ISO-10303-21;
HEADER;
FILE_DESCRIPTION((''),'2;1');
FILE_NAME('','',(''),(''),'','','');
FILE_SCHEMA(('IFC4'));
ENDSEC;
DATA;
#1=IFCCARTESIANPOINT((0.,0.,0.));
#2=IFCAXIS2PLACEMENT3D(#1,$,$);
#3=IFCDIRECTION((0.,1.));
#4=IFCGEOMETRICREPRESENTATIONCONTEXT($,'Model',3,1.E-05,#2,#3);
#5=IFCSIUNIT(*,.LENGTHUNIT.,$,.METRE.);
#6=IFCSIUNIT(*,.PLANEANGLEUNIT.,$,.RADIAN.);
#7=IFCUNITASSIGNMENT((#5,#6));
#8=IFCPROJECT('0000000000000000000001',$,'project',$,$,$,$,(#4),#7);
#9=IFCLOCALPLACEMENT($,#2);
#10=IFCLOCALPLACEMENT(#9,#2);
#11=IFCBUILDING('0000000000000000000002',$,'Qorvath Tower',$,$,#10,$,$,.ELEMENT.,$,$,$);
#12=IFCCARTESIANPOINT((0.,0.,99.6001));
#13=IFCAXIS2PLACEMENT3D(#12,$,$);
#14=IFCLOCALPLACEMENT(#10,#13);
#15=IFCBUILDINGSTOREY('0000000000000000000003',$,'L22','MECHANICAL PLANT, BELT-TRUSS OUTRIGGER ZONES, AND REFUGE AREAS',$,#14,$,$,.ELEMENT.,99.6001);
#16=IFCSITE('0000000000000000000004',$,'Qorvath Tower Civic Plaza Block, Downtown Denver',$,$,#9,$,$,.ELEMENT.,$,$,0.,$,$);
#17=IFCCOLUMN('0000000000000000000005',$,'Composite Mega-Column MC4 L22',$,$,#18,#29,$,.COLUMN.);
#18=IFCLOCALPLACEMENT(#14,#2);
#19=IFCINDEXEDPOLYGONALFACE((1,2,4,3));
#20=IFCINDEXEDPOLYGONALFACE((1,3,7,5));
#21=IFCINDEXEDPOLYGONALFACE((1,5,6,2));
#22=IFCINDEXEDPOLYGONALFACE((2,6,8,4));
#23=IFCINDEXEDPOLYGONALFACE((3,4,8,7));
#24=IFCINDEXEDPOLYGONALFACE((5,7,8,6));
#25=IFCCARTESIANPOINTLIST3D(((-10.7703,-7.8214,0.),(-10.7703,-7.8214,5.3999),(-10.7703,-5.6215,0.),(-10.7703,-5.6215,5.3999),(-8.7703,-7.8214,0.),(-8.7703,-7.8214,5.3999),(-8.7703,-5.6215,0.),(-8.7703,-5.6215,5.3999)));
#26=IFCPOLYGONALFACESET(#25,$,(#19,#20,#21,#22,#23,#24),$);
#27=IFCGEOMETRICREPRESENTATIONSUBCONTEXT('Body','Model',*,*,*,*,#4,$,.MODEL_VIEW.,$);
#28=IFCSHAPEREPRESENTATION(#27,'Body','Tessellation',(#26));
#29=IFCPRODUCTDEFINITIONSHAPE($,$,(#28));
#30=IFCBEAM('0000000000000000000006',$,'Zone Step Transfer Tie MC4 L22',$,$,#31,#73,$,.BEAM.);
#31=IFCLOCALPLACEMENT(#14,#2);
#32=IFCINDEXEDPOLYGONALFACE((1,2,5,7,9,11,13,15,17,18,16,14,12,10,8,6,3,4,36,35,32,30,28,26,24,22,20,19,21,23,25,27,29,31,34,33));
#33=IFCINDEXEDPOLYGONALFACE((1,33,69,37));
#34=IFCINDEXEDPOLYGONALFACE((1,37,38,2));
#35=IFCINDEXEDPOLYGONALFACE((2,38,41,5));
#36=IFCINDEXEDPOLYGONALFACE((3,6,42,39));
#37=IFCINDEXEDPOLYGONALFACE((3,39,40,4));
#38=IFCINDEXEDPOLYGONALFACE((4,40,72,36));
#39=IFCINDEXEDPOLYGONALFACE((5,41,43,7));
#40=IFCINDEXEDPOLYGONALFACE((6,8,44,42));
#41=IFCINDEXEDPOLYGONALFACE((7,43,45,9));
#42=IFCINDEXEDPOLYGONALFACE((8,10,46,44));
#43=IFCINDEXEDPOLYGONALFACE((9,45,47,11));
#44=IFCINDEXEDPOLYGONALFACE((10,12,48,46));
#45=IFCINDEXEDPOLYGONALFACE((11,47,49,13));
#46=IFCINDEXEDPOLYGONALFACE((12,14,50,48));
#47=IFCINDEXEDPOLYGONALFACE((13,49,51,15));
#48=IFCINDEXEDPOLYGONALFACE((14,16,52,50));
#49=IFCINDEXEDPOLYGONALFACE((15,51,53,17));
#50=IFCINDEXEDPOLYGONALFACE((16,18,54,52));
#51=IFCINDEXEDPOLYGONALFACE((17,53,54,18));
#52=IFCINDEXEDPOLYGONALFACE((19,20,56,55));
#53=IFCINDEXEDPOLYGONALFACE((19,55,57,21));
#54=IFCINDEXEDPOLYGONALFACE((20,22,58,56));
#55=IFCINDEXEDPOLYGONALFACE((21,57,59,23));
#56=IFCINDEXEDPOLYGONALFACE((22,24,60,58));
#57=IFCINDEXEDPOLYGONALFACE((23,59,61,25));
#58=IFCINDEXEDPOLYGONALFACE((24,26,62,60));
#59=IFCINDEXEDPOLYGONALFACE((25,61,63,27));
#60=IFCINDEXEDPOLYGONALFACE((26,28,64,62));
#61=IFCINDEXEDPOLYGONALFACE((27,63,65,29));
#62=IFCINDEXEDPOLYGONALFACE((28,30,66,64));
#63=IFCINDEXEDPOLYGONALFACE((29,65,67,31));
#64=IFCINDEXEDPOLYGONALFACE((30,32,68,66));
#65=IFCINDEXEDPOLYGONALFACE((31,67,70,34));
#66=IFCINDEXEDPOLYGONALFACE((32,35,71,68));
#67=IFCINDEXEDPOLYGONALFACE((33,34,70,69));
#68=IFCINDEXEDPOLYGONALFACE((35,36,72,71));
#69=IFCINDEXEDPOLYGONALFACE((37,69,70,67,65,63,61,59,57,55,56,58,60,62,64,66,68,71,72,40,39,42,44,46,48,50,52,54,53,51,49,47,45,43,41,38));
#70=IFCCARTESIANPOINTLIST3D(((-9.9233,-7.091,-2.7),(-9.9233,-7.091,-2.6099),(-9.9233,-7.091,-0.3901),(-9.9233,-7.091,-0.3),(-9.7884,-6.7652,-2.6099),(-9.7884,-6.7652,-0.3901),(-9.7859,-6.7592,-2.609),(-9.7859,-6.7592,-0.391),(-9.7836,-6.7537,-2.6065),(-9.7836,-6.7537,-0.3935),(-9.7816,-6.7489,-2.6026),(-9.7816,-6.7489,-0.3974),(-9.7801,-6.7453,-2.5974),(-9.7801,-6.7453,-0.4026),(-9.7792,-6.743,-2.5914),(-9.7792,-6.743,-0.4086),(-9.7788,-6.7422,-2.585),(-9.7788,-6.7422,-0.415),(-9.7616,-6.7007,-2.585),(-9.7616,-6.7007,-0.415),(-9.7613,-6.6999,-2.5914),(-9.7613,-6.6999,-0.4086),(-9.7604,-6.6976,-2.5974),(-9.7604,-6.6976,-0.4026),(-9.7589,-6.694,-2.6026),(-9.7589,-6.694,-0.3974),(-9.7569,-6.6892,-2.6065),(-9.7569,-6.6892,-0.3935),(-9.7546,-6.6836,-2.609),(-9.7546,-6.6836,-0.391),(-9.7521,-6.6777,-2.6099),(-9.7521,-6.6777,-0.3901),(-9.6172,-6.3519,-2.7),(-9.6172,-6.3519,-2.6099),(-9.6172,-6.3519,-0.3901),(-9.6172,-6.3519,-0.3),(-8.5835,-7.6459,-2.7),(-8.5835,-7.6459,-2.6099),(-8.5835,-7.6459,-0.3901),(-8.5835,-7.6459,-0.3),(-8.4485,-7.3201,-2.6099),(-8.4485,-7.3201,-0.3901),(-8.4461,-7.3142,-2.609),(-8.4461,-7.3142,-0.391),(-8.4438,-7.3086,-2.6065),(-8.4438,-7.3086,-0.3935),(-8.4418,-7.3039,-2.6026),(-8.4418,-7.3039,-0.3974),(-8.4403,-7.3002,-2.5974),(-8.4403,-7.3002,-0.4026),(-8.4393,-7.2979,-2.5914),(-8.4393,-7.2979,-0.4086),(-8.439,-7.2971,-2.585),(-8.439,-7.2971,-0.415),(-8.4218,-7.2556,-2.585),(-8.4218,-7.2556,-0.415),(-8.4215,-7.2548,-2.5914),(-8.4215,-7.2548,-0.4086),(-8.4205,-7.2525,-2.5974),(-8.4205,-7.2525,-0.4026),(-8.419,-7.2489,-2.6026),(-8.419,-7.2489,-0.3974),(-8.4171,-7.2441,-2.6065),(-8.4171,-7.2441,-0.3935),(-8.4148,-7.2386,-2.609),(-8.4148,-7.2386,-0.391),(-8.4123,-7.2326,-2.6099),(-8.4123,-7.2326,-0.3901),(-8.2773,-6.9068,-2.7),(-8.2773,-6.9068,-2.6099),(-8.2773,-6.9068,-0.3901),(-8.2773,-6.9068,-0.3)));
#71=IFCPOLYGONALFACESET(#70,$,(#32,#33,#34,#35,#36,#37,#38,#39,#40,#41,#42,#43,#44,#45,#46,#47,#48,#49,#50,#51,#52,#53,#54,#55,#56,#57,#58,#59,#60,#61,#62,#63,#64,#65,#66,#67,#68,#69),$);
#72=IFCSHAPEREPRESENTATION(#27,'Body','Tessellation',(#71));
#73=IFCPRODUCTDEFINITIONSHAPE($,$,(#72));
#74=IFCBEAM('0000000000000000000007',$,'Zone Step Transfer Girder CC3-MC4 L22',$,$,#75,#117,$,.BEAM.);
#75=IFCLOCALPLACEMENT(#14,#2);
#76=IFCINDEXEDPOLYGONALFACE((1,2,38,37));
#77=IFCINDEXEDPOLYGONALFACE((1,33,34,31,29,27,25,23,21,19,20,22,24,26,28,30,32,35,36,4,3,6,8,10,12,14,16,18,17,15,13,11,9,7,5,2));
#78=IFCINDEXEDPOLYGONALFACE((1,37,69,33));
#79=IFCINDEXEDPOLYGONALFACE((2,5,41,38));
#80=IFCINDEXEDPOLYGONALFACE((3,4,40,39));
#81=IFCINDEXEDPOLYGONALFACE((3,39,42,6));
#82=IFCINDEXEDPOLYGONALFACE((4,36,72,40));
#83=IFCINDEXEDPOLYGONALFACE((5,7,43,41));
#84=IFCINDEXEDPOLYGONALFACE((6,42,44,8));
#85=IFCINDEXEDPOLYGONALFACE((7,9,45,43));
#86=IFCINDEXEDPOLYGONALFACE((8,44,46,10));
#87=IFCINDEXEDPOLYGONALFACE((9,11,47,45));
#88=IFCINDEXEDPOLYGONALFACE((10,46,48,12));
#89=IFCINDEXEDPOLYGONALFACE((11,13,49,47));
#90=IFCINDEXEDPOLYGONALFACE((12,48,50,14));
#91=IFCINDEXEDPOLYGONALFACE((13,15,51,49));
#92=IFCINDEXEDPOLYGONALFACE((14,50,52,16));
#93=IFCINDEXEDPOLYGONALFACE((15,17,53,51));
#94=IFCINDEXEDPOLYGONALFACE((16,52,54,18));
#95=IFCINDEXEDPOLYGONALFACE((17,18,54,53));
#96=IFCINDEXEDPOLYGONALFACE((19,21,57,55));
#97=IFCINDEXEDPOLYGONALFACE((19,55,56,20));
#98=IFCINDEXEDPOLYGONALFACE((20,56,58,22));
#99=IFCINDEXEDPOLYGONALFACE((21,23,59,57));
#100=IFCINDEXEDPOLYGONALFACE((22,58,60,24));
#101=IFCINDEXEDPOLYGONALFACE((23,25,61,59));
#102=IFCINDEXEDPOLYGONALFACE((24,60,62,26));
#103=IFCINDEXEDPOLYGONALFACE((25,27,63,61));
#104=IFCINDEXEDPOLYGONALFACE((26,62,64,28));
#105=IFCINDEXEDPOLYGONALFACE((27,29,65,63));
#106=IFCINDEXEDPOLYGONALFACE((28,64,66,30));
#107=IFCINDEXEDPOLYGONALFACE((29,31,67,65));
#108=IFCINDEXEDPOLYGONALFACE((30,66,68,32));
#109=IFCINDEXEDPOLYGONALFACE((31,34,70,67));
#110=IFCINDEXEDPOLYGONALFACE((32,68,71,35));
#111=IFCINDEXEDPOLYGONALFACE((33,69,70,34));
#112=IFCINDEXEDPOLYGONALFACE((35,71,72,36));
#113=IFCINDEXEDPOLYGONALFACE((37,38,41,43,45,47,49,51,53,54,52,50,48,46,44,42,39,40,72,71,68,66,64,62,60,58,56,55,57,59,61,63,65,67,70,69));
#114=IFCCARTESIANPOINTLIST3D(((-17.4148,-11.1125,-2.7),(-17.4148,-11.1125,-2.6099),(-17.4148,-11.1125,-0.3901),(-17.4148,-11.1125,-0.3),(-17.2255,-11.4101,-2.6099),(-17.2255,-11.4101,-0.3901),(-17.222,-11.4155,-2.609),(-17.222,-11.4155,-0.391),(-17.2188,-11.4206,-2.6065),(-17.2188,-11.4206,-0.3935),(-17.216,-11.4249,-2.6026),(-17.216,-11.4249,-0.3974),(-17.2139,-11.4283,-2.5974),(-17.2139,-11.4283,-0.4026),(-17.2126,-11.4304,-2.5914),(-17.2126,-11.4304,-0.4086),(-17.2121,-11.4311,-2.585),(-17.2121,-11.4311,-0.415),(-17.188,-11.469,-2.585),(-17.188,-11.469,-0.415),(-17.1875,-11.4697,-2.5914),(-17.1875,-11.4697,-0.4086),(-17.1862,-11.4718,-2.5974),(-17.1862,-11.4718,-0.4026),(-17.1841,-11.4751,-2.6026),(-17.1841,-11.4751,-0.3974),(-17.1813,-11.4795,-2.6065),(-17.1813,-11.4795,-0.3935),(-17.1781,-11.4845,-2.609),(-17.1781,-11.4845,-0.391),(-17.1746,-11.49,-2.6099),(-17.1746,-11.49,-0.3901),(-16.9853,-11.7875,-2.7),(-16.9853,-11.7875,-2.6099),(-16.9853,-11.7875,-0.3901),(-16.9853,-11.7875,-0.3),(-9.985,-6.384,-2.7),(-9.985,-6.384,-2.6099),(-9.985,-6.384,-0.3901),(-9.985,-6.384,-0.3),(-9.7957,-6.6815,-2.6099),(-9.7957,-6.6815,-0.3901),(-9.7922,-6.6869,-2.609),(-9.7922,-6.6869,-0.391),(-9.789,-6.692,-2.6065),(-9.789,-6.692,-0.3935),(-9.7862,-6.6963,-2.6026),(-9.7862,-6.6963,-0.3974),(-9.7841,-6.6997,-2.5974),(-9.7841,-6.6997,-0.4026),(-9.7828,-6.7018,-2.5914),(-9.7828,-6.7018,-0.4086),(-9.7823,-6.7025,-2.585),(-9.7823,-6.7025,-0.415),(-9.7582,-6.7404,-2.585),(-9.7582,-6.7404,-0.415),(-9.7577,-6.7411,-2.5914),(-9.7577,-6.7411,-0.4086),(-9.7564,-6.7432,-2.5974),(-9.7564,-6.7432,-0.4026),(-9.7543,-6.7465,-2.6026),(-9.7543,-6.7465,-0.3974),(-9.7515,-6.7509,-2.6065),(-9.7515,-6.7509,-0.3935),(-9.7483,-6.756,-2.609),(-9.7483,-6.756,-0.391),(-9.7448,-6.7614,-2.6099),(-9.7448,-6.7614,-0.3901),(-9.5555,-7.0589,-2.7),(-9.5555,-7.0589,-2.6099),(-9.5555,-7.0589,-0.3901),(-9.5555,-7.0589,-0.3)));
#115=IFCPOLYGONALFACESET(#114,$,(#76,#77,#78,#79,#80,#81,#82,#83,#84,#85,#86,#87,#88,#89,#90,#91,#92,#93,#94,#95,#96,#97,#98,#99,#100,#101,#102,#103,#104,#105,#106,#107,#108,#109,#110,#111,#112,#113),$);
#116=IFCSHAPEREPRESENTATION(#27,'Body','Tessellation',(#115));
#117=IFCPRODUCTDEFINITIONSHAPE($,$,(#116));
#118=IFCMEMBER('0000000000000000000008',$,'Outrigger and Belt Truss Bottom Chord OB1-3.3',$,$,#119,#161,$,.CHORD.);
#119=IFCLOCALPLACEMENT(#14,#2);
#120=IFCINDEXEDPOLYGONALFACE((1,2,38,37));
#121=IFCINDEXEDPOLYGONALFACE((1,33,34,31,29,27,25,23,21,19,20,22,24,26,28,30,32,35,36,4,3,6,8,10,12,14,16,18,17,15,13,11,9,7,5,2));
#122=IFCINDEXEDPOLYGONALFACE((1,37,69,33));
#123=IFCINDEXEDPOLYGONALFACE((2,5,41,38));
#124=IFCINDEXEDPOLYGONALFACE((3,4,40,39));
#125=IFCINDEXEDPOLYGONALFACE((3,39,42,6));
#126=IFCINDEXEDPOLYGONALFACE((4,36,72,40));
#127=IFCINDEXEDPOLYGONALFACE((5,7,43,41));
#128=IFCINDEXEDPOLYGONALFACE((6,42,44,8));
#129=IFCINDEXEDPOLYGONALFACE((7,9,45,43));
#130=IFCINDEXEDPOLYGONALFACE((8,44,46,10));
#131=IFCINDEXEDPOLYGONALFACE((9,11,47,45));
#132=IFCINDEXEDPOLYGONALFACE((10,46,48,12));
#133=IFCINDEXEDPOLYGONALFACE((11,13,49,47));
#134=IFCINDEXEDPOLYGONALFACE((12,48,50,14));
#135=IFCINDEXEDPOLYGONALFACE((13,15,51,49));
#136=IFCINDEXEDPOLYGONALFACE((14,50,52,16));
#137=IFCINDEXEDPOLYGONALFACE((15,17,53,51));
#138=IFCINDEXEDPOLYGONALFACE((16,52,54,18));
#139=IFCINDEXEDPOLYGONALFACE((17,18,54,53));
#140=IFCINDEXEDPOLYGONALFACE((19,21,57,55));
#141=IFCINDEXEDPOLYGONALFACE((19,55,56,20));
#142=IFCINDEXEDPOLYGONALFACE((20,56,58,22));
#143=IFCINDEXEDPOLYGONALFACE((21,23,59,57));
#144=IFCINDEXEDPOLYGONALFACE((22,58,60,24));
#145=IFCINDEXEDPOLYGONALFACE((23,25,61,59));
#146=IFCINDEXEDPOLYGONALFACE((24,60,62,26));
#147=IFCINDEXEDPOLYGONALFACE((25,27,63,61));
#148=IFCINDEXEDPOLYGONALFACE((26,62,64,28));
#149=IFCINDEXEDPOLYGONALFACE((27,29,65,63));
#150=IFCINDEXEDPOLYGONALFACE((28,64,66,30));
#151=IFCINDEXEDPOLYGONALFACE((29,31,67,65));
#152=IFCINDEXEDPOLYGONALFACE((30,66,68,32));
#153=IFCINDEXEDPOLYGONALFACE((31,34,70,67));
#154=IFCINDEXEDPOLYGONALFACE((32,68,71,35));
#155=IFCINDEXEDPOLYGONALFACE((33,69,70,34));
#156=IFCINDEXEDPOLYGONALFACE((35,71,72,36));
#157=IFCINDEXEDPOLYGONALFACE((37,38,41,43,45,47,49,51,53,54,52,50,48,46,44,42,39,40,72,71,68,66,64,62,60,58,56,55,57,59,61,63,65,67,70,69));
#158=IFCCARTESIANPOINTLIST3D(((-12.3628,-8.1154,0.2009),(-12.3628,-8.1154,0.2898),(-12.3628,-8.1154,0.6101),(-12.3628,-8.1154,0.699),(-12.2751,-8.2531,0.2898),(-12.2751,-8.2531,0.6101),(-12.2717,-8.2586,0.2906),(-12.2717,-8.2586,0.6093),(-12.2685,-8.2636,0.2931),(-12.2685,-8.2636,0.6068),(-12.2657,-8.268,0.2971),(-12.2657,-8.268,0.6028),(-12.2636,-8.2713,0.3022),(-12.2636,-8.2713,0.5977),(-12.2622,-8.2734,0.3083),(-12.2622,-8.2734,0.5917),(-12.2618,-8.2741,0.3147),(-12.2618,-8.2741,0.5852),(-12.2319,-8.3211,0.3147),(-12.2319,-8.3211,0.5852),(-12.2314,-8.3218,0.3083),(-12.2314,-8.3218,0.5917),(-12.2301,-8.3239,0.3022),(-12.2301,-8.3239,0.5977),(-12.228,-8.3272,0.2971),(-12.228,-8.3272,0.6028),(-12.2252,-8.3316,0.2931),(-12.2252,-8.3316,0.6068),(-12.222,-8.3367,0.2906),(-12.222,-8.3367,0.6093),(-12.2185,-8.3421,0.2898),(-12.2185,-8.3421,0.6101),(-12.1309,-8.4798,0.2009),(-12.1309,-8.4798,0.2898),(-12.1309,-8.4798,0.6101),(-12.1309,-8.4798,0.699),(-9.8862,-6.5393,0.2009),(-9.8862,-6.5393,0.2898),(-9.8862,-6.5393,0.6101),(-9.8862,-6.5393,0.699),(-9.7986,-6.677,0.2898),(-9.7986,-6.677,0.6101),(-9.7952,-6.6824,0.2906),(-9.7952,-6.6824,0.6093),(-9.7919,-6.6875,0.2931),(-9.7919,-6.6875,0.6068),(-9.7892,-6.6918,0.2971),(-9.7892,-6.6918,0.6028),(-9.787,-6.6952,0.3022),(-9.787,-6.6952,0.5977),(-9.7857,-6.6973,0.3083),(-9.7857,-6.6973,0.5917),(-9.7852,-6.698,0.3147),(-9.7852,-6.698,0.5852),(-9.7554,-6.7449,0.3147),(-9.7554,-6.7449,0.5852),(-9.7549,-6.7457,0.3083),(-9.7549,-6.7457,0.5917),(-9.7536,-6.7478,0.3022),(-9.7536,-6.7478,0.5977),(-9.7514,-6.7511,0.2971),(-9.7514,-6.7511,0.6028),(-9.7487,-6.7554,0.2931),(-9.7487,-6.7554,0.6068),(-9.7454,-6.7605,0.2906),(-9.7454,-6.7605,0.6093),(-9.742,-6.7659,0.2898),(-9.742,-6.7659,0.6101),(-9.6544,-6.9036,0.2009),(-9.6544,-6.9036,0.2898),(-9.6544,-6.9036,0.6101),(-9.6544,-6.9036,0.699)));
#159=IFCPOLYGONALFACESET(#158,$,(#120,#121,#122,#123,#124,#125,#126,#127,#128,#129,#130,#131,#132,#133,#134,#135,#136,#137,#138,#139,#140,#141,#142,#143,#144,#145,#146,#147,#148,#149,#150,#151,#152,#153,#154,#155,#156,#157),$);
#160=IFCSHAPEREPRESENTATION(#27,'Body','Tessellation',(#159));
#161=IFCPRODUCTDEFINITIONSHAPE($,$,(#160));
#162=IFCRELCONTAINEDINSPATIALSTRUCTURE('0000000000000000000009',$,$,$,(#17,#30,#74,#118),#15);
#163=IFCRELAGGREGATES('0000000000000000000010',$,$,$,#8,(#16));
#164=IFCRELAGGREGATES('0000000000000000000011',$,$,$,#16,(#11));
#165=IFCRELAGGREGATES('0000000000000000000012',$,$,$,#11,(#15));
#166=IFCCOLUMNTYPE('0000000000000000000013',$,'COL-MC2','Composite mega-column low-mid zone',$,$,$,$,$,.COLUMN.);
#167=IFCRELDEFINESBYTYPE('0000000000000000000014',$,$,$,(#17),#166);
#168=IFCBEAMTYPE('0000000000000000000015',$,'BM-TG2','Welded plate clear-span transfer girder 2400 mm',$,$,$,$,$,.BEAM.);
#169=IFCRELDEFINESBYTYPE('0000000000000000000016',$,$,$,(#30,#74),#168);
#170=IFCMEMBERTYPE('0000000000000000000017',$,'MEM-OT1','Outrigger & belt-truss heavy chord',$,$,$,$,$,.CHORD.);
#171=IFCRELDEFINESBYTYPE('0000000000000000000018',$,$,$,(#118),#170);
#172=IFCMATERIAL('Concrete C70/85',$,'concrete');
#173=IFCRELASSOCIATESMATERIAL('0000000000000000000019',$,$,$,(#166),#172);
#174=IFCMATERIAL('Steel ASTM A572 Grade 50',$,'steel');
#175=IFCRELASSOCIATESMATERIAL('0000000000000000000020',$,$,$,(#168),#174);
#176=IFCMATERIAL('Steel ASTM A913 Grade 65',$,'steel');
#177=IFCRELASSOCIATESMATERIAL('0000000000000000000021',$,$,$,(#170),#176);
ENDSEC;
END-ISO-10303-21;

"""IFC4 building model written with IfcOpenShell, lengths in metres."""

from ifc_helpers import new_model, si_unit, direction, frame, origin, origin_2d, place, context, subcontext, project, spatial, rectangle, i_section, extrude, material, material_profile, profile_set, type_object, element, save


model = new_model("IFC4")

# Units and contexts
model_context = context("Model", 3, precision=1e-05, world=origin(), true_north=direction((0.0, 1.0)))
body_context = subcontext(model_context, "Body", "Model", "MODEL_VIEW")
ifc_project = project(units=[si_unit("LENGTHUNIT", "METRE"), si_unit("PLANEANGLEUNIT", "RADIAN")], contexts=[model_context])

# Site, building, storey
site_placement = place(None, origin())
site = spatial("IfcSite", under=ifc_project, at=site_placement, Name="Qorvath Tower Civic Plaza Block, Downtown Denver", CompositionType="ELEMENT", RefElevation=0.0)
building_placement = place(site_placement, origin())
building = spatial("IfcBuilding", under=site, at=building_placement, Name="Qorvath Tower", CompositionType="ELEMENT")
storey_placement = place(building_placement, frame((0.0, 0.0, 99.6001)))
storey = spatial("IfcBuildingStorey", under=building, at=storey_placement, Name="L22", Description="MECHANICAL PLANT, BELT-TRUSS OUTRIGGER ZONES, AND REFUGE AREAS", CompositionType="ELEMENT", Elevation=99.6001)

# Column
ifc_material_1 = material(Name="Concrete C70/85", Category="concrete")
ifc_material_profile_1 = material_profile(ifc_material_1, rectangle(XDim=2.0, YDim=2.2, at=origin_2d()), Name="MC 2200x2000")
ifc_profile_set_1 = profile_set([ifc_material_profile_1], Name="Concrete C70/85")
column_type = type_object("IfcColumnType", Name="COL-MC2", Description="Composite mega-column low-mid zone", PredefinedType="COLUMN", material=ifc_profile_set_1)
column_placement = place(storey_placement, frame((-9.7703, -6.7214, 0.0), z_axis=(0.0, 0.0, 1.0), x_axis=(1.0, 0.0, 0.0)))
element("IfcColumn", 1, at=column_placement, inside=storey, type_object=column_type, Name="Composite Mega-Column MC4 L22", PredefinedType="COLUMN", context=body_context, shape_type="SweptSolid", body=[
    extrude(rectangle(XDim=2.0, YDim=2.2, at=origin_2d()), origin(), (0.0, 0.0, 1.0), 5.3999),
])

# Beams
ifc_material_2 = material(Name="Steel ASTM A572 Grade 50", Category="steel")
ifc_material_profile_2 = material_profile(ifc_material_2, i_section(OverallWidth=0.8, OverallDepth=2.3999, WebThickness=0.0449, FlangeThickness=0.0901, FilletRadius=0.0249, at=origin_2d()), Name="WTG 2400x800")
ifc_profile_set_2 = profile_set([ifc_material_profile_2], Name="Steel ASTM A572 Grade 50")
beam_type = type_object("IfcBeamType", Name="BM-TG2", Description="Welded plate clear-span transfer girder 2400 mm", PredefinedType="BEAM", material=ifc_profile_set_2)
beam_1_placement = place(storey_placement, frame((-8.4304, -7.2764, -1.5), z_axis=(-0.923892, 0.382654, 0.0), x_axis=(-0.382654, -0.923892, 0.0)))
element("IfcBeam", 2, at=beam_1_placement, inside=storey, type_object=beam_type, Name="Zone Step Transfer Tie MC4 L22", PredefinedType="BEAM", context=body_context, shape_type="SweptSolid", body=[
    extrude(i_section(OverallWidth=0.8, OverallDepth=2.3999, WebThickness=0.0449, FlangeThickness=0.0901, FilletRadius=0.0249, at=origin_2d()), origin(), (0.0, 0.0, 1.0), 1.4502),
])
beam_2_placement = place(storey_placement, frame((-9.7703, -6.7214, -1.5), z_axis=(-0.843634, -0.536919, 0.0), x_axis=(0.536919, -0.843634, 0.0)))
element("IfcBeam", 3, at=beam_2_placement, inside=storey, type_object=beam_type, Name="Zone Step Transfer Girder CC3-MC4 L22", PredefinedType="BEAM", context=body_context, shape_type="SweptSolid", body=[
    extrude(i_section(OverallWidth=0.8, OverallDepth=2.3999, WebThickness=0.0449, FlangeThickness=0.0901, FilletRadius=0.0249, at=origin_2d()), origin(), (0.0, 0.0, 1.0), 8.8069),
])

# Member
ifc_material_3 = material(Name="Steel ASTM A913 Grade 65", Category="steel")
ifc_material_profile_3 = material_profile(ifc_material_3, i_section(OverallWidth=0.4319, OverallDepth=0.498, WebThickness=0.0557, FlangeThickness=0.0889, FilletRadius=0.0249, at=origin_2d()), Name="W14x500")
ifc_profile_set_3 = profile_set([ifc_material_profile_3], Name="Steel ASTM A913 Grade 65")
member_type_1 = type_object("IfcMemberType", Name="MEM-OT1", Description="Outrigger & belt-truss heavy chord", PredefinedType="CHORD", material=ifc_profile_set_3)
member_1_placement = place(storey_placement, frame((-12.2468, -8.2976, 0.45), z_axis=(0.843634, 0.536919, 0.0), x_axis=(-0.536919, 0.843634, 0.0)))
element("IfcMember", 4, at=member_1_placement, inside=storey, type_object=member_type_1, Name="Outrigger and Belt Truss Bottom Chord OB1-3.3", PredefinedType="CHORD", context=body_context, shape_type="SweptSolid", body=[
    extrude(i_section(OverallWidth=0.4319, OverallDepth=0.498, WebThickness=0.0557, FlangeThickness=0.0889, FilletRadius=0.0249, at=origin_2d()), origin(), (0.0, 0.0, 1.0), 2.9355),
])

save(model, "model.ifc")
